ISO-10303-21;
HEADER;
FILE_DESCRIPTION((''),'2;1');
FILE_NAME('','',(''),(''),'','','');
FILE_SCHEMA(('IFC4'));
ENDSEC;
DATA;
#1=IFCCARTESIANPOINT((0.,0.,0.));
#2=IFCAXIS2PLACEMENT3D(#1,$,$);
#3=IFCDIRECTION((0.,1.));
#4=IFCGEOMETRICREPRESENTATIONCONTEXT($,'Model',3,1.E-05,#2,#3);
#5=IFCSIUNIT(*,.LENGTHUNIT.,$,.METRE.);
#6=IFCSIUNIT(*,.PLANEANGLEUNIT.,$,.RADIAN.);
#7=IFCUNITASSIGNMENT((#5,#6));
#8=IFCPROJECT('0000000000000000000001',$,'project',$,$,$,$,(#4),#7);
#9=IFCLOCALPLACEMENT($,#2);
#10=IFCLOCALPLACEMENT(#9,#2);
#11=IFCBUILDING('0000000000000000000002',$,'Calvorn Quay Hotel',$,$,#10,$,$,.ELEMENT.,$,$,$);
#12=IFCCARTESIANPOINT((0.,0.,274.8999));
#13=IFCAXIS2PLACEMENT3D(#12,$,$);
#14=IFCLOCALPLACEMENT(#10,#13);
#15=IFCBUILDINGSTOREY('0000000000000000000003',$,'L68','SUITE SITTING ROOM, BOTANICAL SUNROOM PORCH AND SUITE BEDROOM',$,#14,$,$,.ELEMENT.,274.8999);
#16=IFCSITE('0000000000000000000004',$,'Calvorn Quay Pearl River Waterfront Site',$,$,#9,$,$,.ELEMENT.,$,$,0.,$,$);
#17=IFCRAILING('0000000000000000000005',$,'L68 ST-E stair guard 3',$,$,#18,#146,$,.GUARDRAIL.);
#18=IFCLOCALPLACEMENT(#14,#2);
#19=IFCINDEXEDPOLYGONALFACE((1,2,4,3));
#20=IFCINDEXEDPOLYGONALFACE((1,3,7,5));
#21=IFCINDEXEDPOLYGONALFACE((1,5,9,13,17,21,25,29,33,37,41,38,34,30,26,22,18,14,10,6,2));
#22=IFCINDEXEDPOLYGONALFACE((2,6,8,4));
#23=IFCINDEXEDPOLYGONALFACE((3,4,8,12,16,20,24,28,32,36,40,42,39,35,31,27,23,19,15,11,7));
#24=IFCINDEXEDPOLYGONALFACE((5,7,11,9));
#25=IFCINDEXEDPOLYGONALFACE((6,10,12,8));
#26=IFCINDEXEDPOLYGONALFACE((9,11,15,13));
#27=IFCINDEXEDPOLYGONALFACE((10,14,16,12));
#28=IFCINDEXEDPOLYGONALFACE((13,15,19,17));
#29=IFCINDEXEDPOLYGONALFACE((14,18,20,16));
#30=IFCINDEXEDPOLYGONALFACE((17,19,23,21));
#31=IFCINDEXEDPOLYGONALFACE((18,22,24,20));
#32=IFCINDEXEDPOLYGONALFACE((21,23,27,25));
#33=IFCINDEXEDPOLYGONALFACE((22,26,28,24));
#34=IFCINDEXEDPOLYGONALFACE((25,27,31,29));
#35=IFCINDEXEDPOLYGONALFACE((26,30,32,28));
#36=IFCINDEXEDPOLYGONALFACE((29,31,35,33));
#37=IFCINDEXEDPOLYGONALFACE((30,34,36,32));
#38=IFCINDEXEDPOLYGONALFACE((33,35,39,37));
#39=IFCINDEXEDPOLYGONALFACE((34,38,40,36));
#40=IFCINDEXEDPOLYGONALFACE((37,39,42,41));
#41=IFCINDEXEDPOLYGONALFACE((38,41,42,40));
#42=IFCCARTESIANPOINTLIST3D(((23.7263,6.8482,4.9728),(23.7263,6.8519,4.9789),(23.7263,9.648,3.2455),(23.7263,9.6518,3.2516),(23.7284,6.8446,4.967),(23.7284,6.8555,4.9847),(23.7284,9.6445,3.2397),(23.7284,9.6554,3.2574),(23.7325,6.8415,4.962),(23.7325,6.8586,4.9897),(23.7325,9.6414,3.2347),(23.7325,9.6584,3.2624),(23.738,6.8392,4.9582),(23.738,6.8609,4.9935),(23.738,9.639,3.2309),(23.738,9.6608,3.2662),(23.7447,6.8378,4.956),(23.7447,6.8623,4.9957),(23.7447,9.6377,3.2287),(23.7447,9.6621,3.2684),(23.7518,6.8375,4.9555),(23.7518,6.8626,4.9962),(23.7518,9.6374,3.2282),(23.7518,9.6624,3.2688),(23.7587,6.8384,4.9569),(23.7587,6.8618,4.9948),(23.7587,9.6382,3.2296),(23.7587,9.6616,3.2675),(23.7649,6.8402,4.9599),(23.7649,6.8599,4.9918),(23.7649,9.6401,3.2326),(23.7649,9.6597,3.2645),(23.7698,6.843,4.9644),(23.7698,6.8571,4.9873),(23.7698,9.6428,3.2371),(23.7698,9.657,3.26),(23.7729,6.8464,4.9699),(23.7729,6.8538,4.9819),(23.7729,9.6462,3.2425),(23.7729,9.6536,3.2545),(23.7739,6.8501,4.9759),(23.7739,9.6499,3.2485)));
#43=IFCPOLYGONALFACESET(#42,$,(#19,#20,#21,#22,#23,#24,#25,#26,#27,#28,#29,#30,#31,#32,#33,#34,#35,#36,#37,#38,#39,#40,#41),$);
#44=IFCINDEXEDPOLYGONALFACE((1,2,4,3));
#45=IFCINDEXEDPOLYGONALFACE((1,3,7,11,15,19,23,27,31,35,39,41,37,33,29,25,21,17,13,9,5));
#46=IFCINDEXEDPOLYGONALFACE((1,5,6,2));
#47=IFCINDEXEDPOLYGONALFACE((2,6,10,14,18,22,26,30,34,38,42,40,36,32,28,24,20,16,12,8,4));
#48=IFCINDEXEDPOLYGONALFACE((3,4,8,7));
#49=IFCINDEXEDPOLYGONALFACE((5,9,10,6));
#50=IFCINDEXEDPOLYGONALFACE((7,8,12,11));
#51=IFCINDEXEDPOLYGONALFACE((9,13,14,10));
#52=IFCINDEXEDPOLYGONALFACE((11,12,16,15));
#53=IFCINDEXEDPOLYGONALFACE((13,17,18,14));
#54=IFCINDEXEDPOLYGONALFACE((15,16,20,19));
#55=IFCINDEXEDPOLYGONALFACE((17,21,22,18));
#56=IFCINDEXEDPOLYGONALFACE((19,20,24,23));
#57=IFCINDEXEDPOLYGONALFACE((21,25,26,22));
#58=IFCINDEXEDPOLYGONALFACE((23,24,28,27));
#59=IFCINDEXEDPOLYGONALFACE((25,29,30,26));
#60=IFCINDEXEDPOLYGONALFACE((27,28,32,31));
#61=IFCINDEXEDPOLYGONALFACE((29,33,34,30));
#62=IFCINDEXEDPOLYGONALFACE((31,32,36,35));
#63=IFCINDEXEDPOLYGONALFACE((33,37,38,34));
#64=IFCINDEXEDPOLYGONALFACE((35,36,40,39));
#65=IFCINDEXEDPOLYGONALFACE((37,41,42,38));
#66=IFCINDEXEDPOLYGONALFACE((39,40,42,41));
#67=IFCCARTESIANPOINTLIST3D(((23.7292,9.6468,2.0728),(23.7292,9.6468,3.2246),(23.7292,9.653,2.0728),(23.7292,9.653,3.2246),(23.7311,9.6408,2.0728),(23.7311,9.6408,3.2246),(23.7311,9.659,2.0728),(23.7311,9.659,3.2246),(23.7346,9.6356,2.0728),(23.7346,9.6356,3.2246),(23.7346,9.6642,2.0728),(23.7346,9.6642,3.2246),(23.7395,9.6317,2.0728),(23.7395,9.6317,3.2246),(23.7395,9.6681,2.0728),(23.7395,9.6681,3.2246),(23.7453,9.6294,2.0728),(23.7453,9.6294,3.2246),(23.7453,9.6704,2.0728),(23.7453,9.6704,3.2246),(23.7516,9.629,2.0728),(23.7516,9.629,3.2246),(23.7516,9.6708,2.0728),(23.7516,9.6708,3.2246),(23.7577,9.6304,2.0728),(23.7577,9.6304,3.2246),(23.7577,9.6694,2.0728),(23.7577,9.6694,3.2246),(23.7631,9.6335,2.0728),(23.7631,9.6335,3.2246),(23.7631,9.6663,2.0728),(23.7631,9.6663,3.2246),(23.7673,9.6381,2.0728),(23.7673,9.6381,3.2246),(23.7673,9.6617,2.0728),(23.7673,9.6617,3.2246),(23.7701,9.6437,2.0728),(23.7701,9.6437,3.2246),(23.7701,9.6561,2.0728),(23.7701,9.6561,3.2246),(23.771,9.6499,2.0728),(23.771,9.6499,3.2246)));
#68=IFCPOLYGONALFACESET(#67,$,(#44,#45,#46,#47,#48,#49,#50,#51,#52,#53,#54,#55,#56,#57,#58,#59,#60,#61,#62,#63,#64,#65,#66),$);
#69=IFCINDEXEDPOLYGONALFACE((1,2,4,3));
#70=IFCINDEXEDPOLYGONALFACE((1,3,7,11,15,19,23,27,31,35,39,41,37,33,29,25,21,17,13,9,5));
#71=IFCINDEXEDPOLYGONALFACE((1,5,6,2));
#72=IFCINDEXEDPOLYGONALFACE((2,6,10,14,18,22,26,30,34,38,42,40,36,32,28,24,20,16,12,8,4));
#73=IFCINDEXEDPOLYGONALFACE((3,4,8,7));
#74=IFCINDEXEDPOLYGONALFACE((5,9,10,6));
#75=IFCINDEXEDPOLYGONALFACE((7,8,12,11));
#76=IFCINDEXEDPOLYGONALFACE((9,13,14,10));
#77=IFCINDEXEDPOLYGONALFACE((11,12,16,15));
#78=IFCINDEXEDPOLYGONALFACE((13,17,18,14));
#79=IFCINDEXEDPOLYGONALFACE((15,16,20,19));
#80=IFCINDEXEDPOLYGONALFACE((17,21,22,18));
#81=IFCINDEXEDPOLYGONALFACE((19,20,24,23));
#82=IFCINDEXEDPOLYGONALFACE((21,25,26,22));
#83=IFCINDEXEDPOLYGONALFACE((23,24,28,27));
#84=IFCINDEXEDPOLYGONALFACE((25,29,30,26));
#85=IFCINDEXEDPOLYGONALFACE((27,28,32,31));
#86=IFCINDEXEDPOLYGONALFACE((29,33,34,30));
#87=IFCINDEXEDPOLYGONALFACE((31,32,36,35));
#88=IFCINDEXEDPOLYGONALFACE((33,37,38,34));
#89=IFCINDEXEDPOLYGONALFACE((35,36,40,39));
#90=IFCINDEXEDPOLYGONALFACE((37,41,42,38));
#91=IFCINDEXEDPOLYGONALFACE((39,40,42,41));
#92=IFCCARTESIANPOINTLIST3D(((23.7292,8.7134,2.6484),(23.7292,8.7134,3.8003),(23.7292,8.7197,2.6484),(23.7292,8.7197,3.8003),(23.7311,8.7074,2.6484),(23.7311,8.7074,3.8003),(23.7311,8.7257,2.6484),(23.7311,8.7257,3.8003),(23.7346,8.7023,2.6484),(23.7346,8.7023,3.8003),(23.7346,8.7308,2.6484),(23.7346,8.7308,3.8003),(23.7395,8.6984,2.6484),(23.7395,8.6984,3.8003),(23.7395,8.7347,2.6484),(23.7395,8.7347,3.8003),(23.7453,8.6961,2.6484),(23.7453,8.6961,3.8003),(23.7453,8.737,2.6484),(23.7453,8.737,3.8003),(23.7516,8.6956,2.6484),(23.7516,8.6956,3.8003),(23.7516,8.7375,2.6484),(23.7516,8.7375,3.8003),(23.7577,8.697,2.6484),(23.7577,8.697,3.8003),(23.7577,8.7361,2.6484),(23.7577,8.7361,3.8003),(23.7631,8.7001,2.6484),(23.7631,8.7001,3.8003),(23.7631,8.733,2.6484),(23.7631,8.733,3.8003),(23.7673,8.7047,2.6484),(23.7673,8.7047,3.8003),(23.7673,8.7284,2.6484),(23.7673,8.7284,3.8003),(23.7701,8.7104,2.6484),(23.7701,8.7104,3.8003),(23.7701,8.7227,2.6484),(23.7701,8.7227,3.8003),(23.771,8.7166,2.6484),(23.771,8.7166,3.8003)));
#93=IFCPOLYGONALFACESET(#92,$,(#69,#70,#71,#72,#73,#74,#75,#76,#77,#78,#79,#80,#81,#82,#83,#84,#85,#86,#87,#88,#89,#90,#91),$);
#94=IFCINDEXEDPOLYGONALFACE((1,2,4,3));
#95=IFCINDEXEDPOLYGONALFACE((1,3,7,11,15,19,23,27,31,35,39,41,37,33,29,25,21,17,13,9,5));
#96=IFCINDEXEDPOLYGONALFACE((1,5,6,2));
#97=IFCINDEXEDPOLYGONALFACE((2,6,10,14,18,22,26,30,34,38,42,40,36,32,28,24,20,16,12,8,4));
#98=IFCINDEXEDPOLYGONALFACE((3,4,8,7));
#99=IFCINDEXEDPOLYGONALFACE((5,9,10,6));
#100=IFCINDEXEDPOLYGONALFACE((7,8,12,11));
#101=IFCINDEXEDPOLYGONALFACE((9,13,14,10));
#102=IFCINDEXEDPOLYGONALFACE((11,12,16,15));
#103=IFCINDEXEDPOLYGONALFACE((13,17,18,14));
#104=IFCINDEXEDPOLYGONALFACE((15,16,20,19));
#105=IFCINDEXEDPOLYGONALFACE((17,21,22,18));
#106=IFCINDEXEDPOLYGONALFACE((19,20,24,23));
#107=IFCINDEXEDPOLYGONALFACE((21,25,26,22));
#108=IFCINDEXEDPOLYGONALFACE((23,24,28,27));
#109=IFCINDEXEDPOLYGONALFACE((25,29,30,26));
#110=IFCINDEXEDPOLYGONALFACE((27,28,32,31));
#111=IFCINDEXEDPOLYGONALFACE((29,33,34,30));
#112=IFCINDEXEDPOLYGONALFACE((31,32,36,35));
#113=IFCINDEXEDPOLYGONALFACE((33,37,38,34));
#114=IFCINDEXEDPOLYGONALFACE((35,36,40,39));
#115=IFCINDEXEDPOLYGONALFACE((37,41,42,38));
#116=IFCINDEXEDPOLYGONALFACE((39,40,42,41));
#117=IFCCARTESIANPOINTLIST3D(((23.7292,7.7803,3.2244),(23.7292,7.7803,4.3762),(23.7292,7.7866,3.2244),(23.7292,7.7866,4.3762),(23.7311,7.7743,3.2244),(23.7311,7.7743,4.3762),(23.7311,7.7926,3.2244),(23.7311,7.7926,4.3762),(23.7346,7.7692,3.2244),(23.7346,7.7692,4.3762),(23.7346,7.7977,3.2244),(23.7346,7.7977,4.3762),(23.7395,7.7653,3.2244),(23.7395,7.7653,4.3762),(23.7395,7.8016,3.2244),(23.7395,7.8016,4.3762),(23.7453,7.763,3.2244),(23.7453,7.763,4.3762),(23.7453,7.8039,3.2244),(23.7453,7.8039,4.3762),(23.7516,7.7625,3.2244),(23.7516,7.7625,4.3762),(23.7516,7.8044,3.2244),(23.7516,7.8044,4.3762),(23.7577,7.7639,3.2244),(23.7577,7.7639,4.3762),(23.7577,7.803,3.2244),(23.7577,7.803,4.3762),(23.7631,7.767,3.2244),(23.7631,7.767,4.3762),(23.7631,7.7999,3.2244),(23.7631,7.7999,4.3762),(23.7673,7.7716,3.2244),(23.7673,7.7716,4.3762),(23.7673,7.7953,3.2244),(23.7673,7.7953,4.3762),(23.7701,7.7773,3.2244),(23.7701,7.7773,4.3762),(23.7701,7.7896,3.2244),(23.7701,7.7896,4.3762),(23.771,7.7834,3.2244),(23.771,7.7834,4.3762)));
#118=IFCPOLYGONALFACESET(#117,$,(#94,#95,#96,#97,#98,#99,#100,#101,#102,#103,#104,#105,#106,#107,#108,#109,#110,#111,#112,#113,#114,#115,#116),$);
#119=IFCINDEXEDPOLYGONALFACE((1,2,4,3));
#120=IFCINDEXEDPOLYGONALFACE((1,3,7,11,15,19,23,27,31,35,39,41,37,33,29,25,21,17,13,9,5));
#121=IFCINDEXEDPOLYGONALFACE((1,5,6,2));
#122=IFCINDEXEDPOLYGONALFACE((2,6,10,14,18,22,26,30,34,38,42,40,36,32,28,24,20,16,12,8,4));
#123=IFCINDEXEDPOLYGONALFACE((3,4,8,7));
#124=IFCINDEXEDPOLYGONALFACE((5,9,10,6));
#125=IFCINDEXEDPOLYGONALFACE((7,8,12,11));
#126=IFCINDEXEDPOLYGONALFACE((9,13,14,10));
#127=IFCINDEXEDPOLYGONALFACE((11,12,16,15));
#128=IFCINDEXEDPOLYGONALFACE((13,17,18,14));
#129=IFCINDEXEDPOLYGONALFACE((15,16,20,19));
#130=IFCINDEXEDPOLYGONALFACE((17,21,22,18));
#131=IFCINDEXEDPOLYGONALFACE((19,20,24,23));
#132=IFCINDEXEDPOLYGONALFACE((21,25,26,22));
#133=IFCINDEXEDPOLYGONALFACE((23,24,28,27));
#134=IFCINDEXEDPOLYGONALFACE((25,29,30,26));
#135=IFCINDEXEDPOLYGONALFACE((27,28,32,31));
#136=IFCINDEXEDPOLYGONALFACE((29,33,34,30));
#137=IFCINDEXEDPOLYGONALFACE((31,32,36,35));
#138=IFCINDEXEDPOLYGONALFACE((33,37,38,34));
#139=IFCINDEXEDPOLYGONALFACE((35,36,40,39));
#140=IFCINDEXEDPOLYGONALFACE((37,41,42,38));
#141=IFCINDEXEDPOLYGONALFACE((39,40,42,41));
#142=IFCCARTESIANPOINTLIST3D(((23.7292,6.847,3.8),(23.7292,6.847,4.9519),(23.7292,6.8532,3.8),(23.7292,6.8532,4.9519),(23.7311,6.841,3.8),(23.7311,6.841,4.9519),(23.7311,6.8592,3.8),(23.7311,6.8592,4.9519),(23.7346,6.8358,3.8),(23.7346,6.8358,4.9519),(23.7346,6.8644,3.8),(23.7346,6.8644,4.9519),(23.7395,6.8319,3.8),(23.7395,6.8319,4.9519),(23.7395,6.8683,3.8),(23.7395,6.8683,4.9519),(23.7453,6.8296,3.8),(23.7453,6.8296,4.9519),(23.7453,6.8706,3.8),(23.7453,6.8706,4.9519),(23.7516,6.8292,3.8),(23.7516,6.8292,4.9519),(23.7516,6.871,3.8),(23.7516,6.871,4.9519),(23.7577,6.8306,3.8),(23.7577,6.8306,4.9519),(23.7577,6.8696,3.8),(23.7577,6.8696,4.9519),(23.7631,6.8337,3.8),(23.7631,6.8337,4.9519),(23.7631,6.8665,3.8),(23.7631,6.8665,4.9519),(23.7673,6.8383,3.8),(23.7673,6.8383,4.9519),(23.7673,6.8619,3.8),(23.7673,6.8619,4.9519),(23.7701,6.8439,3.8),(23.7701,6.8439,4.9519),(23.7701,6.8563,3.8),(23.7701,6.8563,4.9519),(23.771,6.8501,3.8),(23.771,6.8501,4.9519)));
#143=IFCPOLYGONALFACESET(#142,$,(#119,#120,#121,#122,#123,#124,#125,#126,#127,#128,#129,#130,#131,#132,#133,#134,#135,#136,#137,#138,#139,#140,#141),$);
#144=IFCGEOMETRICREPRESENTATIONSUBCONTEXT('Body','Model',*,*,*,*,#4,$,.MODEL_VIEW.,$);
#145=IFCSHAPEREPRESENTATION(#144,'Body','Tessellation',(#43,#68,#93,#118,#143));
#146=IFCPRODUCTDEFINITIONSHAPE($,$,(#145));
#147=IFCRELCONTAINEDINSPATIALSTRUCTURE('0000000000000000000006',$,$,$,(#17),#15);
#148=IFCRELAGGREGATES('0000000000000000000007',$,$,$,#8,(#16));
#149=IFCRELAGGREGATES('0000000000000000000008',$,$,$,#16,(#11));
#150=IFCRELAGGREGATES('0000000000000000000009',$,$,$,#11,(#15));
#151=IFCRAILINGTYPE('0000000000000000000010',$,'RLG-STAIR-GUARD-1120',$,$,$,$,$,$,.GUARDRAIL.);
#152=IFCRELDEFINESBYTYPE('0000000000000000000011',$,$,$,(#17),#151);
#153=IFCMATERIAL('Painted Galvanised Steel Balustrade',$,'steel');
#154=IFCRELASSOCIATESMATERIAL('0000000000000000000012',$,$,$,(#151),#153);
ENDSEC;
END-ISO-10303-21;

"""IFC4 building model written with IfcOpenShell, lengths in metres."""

from ifc_helpers import new_model, si_unit, direction, frame, origin, origin_2d, place, context, subcontext, project, spatial, circle, extrude, material, type_object, element, save


model = new_model("IFC4")

# Units and contexts
model_context = context("Model", 3, precision=1e-05, world=origin(), true_north=direction((0.0, 1.0)))
body_context = subcontext(model_context, "Body", "Model", "MODEL_VIEW")
ifc_project = project(units=[si_unit("LENGTHUNIT", "METRE"), si_unit("PLANEANGLEUNIT", "RADIAN")], contexts=[model_context])

# Site, building, storey
site_placement = place(None, origin())
site = spatial("IfcSite", under=ifc_project, at=site_placement, Name="Calvorn Quay Pearl River Waterfront Site", CompositionType="ELEMENT", RefElevation=0.0)
building_placement = place(site_placement, origin())
building = spatial("IfcBuilding", under=site, at=building_placement, Name="Calvorn Quay Hotel", CompositionType="ELEMENT")
storey_placement = place(building_placement, frame((0.0, 0.0, 274.8999)))
storey = spatial("IfcBuildingStorey", under=building, at=storey_placement, Name="L68", Description="SUITE SITTING ROOM, BOTANICAL SUNROOM PORCH AND SUITE BEDROOM", CompositionType="ELEMENT", Elevation=274.8999)

# Railing
ifc_material_1 = material(Name="Painted Galvanised Steel Balustrade", Category="steel")
railing_type_1 = type_object("IfcRailingType", Name="RLG-STAIR-GUARD-1120", PredefinedType="GUARDRAIL", material=ifc_material_1)
railing_1_placement = place(storey_placement, frame((23.75, 9.6499, 2.0728)))
element("IfcRailing", 1, at=railing_1_placement, inside=storey, type_object=railing_type_1, Name="L68 ST-E stair guard 3", PredefinedType="GUARDRAIL", context=body_context, shape_type="SweptSolid", body=[
    extrude(circle(Radius=0.0239, at=origin_2d()), frame((0.0, 0.0, 1.1758), z_axis=(0.0, -0.851069, 0.525054), x_axis=(1.0, 0.0, 0.0)), (0.0, 0.0, 1.0), 3.2898),
    extrude(circle(Radius=0.021, at=origin_2d()), origin(), (0.0, 0.0, 1.0), 1.1519),
    extrude(circle(Radius=0.021, at=origin_2d()), frame((0.0, -0.9333, 0.5757)), (0.0, 0.0, 1.0), 1.1519),
    extrude(circle(Radius=0.021, at=origin_2d()), frame((0.0, -1.8665, 1.1516)), (0.0, 0.0, 1.0), 1.1519),
    extrude(circle(Radius=0.021, at=origin_2d()), frame((0.0, -2.7998, 1.7273)), (0.0, 0.0, 1.0), 1.1519),
])

save(model, "model.ifc")
